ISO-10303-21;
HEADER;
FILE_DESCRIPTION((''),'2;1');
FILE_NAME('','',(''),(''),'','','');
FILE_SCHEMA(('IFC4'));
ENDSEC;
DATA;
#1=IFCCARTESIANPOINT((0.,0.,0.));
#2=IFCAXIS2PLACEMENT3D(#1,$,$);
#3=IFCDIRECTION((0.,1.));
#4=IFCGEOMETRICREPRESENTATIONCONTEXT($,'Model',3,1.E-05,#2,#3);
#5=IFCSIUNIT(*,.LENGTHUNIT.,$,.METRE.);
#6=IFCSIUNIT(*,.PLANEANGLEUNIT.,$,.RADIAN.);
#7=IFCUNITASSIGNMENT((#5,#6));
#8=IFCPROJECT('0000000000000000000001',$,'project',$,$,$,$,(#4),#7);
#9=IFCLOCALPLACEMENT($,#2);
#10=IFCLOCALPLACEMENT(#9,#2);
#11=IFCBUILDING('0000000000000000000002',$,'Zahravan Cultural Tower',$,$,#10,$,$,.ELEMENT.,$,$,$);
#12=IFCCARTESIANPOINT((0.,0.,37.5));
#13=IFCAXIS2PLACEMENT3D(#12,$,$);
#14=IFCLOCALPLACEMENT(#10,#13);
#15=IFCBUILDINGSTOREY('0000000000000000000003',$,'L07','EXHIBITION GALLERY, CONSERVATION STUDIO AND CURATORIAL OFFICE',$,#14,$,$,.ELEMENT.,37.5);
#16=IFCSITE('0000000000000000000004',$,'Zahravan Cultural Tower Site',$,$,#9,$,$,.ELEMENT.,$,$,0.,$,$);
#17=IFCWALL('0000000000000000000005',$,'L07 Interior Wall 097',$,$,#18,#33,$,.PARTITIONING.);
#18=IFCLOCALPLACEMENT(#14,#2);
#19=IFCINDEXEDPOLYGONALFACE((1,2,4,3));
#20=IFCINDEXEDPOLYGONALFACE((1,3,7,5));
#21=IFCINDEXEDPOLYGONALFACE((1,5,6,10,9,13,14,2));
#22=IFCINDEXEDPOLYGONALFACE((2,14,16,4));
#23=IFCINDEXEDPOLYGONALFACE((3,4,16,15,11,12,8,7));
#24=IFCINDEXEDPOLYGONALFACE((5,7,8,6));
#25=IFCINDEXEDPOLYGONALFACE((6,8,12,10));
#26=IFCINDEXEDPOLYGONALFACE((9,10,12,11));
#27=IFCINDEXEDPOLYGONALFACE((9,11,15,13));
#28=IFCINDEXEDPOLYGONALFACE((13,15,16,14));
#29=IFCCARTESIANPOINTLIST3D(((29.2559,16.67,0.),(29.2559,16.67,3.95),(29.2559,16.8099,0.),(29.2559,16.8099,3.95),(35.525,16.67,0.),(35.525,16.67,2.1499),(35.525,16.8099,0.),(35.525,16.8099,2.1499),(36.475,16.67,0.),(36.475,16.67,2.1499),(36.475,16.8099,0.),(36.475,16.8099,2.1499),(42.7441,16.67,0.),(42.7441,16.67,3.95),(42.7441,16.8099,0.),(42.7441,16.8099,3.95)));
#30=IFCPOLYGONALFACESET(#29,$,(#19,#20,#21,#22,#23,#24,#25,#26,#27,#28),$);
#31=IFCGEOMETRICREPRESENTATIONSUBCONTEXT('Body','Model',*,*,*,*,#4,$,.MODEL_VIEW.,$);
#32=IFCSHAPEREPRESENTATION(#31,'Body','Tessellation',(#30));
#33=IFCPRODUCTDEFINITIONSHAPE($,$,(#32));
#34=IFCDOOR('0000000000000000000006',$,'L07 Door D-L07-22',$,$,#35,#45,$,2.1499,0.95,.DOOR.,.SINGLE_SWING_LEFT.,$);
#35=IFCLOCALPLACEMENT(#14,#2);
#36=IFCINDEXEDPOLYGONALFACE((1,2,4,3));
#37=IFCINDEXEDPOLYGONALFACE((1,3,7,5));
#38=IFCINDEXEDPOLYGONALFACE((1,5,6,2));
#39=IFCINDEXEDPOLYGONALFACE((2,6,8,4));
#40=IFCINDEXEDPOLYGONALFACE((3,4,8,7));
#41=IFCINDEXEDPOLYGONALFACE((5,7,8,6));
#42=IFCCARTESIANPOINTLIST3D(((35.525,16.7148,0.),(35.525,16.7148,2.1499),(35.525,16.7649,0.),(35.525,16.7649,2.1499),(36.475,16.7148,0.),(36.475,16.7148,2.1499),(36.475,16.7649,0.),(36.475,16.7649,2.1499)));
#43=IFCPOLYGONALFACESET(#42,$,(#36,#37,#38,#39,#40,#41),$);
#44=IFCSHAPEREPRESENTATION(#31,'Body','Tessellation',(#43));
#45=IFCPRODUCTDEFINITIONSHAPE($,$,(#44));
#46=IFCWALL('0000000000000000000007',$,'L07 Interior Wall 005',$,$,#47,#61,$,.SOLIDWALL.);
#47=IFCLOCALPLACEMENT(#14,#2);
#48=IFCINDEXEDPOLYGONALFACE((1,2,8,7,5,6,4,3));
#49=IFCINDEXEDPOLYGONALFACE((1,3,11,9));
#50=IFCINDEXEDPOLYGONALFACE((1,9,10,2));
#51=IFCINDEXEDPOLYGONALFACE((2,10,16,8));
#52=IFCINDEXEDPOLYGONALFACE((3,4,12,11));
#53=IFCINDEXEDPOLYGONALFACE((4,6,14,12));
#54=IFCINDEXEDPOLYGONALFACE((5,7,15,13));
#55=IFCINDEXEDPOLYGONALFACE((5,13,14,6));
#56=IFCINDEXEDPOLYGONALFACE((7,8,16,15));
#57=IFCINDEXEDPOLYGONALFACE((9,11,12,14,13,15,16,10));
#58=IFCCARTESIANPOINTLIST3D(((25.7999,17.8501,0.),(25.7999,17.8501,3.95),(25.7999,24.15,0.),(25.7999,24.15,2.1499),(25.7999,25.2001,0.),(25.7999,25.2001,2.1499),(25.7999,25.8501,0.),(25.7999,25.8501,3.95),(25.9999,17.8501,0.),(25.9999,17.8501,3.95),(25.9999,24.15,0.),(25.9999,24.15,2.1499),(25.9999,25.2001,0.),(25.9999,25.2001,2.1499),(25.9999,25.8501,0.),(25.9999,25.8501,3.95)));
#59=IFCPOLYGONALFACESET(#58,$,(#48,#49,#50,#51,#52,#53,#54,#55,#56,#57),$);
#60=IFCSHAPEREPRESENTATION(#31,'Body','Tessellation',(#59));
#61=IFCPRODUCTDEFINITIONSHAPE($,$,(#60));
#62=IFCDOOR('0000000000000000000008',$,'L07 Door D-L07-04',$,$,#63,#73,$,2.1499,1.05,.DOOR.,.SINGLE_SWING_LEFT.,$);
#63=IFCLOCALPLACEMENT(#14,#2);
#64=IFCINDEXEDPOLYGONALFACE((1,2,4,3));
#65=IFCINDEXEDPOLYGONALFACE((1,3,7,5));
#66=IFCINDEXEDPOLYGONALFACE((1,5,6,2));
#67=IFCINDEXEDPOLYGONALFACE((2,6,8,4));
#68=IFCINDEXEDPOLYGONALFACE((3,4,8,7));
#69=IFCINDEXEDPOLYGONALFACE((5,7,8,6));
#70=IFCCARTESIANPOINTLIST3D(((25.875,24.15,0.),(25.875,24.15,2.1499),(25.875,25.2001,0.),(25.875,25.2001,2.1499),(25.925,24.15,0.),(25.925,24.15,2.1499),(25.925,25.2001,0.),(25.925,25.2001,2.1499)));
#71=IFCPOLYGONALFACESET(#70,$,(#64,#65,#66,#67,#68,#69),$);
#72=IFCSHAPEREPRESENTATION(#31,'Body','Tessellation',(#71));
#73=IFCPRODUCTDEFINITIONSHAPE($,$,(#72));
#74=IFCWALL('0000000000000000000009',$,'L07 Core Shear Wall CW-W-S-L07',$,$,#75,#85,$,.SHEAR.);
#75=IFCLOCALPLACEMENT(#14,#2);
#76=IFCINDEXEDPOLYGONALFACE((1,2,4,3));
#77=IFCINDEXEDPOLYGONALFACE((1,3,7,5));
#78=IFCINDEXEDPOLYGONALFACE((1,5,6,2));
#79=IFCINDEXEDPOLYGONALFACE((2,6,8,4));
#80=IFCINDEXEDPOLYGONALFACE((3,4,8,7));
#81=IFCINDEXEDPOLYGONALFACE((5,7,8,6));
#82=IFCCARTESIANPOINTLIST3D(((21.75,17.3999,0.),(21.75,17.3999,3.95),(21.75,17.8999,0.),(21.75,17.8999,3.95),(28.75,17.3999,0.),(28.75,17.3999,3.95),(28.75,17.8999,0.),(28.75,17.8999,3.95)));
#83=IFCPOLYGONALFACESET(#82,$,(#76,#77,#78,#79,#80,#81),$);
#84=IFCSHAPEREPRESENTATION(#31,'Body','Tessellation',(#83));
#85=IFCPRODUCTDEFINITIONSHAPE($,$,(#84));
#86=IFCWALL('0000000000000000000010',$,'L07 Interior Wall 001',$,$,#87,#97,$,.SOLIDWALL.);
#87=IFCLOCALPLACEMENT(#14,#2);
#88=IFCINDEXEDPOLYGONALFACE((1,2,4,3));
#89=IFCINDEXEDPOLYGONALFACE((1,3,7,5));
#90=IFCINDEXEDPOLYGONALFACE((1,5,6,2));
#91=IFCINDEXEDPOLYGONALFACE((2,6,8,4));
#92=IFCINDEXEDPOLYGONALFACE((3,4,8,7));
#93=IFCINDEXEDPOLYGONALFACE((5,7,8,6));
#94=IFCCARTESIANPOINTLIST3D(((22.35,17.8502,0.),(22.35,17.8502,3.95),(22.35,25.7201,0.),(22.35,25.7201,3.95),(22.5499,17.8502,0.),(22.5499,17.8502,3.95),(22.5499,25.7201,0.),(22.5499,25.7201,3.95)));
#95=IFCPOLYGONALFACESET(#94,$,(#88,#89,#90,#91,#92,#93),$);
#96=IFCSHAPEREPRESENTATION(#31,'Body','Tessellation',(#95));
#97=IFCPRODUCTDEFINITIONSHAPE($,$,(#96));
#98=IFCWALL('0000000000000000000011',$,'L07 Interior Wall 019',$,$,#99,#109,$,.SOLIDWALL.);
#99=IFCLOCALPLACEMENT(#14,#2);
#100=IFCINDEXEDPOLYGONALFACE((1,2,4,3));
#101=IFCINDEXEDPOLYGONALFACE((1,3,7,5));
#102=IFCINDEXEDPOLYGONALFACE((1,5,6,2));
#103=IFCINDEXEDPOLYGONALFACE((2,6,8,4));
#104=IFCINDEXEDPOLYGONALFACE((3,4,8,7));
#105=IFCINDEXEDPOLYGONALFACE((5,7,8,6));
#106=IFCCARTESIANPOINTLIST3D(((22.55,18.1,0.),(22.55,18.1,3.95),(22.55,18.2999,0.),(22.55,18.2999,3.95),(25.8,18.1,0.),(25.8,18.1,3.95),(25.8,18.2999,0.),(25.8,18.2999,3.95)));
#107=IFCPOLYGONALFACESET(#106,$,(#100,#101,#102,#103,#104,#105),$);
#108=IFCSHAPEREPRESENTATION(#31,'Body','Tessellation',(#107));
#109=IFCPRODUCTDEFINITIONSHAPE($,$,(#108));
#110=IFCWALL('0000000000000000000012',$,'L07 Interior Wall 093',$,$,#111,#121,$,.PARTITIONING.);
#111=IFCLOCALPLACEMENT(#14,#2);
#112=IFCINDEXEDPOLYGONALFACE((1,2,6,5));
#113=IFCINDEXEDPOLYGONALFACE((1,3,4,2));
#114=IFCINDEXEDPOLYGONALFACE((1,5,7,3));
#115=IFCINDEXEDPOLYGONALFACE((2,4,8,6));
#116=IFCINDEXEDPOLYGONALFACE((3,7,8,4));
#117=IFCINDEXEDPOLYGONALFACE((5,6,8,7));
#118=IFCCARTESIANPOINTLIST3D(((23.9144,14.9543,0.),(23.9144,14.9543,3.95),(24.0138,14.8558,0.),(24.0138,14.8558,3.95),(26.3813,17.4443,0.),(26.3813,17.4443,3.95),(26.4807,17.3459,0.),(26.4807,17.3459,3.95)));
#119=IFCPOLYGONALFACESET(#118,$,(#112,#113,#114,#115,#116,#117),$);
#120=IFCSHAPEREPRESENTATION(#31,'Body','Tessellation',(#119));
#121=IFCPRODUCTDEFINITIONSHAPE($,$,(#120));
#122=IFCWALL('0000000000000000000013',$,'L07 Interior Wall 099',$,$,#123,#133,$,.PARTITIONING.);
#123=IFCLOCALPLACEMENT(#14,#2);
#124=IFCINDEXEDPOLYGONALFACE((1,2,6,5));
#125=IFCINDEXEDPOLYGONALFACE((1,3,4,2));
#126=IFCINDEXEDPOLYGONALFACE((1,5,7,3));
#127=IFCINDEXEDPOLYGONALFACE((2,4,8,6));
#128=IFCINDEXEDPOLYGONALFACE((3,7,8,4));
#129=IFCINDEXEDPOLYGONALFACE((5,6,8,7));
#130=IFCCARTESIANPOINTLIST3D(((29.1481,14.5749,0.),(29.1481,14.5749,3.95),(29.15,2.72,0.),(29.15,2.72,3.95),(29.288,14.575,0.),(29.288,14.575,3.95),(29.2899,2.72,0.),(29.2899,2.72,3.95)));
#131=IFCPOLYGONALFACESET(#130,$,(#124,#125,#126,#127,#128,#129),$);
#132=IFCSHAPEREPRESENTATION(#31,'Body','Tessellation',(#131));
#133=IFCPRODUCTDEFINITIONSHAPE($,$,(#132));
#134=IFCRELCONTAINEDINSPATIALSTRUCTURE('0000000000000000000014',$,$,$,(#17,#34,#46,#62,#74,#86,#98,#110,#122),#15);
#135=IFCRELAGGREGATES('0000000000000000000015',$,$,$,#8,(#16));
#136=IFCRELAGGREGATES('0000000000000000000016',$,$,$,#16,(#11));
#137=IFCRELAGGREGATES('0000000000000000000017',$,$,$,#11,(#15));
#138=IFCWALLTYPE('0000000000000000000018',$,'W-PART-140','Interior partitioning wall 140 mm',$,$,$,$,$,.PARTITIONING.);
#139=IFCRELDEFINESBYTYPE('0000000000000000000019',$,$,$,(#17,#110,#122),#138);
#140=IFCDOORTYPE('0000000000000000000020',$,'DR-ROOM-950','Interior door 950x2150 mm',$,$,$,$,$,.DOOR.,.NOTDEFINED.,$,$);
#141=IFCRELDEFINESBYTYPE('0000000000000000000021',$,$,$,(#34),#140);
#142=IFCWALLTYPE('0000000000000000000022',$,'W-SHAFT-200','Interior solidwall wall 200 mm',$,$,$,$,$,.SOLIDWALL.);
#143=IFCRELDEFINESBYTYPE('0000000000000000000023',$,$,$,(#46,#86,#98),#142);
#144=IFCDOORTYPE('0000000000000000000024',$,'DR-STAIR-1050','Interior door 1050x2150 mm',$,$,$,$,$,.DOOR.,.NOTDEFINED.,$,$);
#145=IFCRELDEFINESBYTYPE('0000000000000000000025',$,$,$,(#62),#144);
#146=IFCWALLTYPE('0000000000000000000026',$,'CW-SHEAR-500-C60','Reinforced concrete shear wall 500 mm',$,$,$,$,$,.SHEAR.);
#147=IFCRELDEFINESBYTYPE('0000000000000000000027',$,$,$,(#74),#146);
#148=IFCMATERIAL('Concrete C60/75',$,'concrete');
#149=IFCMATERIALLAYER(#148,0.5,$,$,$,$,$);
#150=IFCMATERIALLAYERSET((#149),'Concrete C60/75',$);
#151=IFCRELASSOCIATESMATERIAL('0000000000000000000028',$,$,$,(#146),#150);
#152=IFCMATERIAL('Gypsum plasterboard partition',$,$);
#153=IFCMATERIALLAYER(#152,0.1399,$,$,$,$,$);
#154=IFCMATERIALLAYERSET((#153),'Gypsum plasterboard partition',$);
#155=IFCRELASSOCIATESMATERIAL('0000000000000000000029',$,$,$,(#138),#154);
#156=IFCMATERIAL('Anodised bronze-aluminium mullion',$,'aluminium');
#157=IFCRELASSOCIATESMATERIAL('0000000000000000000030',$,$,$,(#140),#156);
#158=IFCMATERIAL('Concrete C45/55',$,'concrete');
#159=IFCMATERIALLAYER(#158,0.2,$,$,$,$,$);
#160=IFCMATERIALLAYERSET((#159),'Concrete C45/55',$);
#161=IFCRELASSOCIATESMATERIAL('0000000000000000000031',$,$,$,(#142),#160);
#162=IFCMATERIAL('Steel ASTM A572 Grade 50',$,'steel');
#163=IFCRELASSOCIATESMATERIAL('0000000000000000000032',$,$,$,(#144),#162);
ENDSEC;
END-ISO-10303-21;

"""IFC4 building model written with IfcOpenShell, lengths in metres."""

from ifc_helpers import new_model, si_unit, direction, frame, frame_2d, origin, place, context, subcontext, project, spatial, rectangle, extrude, source, transform, mapped, material, layer, layer_set, type_object, element, fill, save


model = new_model("IFC4")

# Units and contexts
model_context = context("Model", 3, precision=1e-05, world=origin(), true_north=direction((0.0, 1.0)))
body_context = subcontext(model_context, "Body", "Model", "MODEL_VIEW")
ifc_project = project(units=[si_unit("LENGTHUNIT", "METRE"), si_unit("PLANEANGLEUNIT", "RADIAN")], contexts=[model_context])

# Site, building, storey
site_placement = place(None, origin())
site = spatial("IfcSite", under=ifc_project, at=site_placement, Name="Zahravan Cultural Tower Site", CompositionType="ELEMENT", RefElevation=0.0)
building_placement = place(site_placement, origin())
building = spatial("IfcBuilding", under=site, at=building_placement, Name="Zahravan Cultural Tower", CompositionType="ELEMENT")
storey_placement = place(building_placement, frame((0.0, 0.0, 37.5)))
storey = spatial("IfcBuildingStorey", under=building, at=storey_placement, Name="L07", Description="EXHIBITION GALLERY, CONSERVATION STUDIO AND CURATORIAL OFFICE", CompositionType="ELEMENT", Elevation=37.5)

# Shared definitions
ifc_material_1 = material(Name="Concrete C60/75", Category="concrete")

# Shared definitions
ifc_material_2 = material(Name="Anodised bronze-aluminium mullion", Category="aluminium")

# Shared definitions
ifc_layer_1 = layer(ifc_material_1, 0.5)
ifc_layer_set_1 = layer_set([ifc_layer_1], Name="Concrete C60/75")
wall_type_1 = type_object("IfcWallType", Name="CW-SHEAR-500-C60", Description="Reinforced concrete shear wall 500 mm", PredefinedType="SHEAR", material=ifc_layer_set_1)
ifc_material_3 = material(Name="Steel ASTM A572 Grade 50", Category="steel")

# Walls, openings, doors
ifc_material_4 = material(Name="Gypsum plasterboard partition")
ifc_layer_2 = layer(ifc_material_4, 0.1399)
ifc_layer_set_2 = layer_set([ifc_layer_2], Name="Gypsum plasterboard partition")
wall_type_2 = type_object("IfcWallType", Name="W-PART-140", Description="Interior partitioning wall 140 mm", PredefinedType="PARTITIONING", material=ifc_layer_set_2)
wall_1_placement = place(storey_placement, frame((29.2559, 16.74, 0.0), z_axis=(0.0, 0.0, 1.0), x_axis=(1.0, 0.0, 0.0)))
wall_1 = element("IfcWall", 1, at=wall_1_placement, inside=storey, type_object=wall_type_2, Name="L07 Interior Wall 097", PredefinedType="PARTITIONING", context=body_context, shape_type="SweptSolid", body=[
    extrude(rectangle(XDim=13.4883, YDim=0.1399, at=frame_2d((6.7441, 0.0))), origin(), (0.0, 0.0, 1.0), 3.95),
])
opening_1_placement = place(wall_1_placement, frame((6.269, 0.0, 0.0)))
opening_1 = element("IfcOpeningElement", 2, at=opening_1_placement, cuts=wall_1, PredefinedType="OPENING", context=body_context, shape_type="SweptSolid", body=[
    extrude(rectangle(XDim=0.95, YDim=2.1499, at=frame_2d((0.4751, 1.075))), frame((0.0, 0.0798, 0.0), z_axis=(0.0, -1.0, 0.0), x_axis=(1.0, 0.0, 0.0)), (0.0, 0.0, 1.0), 0.1599),
])
door_type_1 = type_object("IfcDoorType", Name="DR-ROOM-950", Description="Interior door 950x2150 mm", OperationType="NOTDEFINED", PredefinedType="DOOR", material=ifc_material_2)
shared_shape_1 = source(origin(), body_context, "Body", "SweptSolid", [
    extrude(rectangle(XDim=0.95, YDim=2.1499, at=frame_2d((0.4751, 1.075))), frame((0.0, 0.0249, 0.0), z_axis=(0.0, -1.0, 0.0), x_axis=(1.0, 0.0, 0.0)), (0.0, 0.0, 1.0), 0.05),
])
door_1_placement = place(opening_1_placement, origin())
door_1 = element("IfcDoor", 3, at=door_1_placement, inside=storey, type_object=door_type_1, Name="L07 Door D-L07-22", OperationType="SINGLE_SWING_LEFT", OverallHeight=2.1499, OverallWidth=0.95, PredefinedType="DOOR", context=body_context, shape_type="MappedRepresentation", body=[
    mapped(shared_shape_1, transform((0.0, 0.0, 0.0), x_axis=(1.0, 0.0, 0.0), y_axis=(0.0, 1.0, 0.0), z_axis=(0.0, 0.0, 1.0), scale=1.0)),
])
fill(opening_1, door_1)
ifc_material_5 = material(Name="Concrete C45/55", Category="concrete")
ifc_layer_3 = layer(ifc_material_5, 0.2)
ifc_layer_set_3 = layer_set([ifc_layer_3], Name="Concrete C45/55")
wall_type_3 = type_object("IfcWallType", Name="W-SHAFT-200", Description="Interior solidwall wall 200 mm", PredefinedType="SOLIDWALL", material=ifc_layer_set_3)
wall_2_placement = place(storey_placement, frame((25.8999, 17.8501, 0.0), z_axis=(0.0, 0.0, 1.0), x_axis=(0.0, 1.0, 0.0)))
wall_2 = element("IfcWall", 4, at=wall_2_placement, inside=storey, type_object=wall_type_3, Name="L07 Interior Wall 005", PredefinedType="SOLIDWALL", context=body_context, shape_type="SweptSolid", body=[
    extrude(rectangle(XDim=8.0, YDim=0.2, at=frame_2d((4.0, 0.0))), origin(), (0.0, 0.0, 1.0), 3.95),
])
opening_2_placement = place(wall_2_placement, frame((6.3, 0.0, 0.0)))
opening_2 = element("IfcOpeningElement", 5, at=opening_2_placement, cuts=wall_2, PredefinedType="OPENING", context=body_context, shape_type="SweptSolid", body=[
    extrude(rectangle(XDim=1.05, YDim=2.1499, at=frame_2d((0.5249, 1.075))), frame((0.0, 0.1099, 0.0), z_axis=(0.0, -1.0, 0.0), x_axis=(1.0, 0.0, 0.0)), (0.0, 0.0, 1.0), 0.22),
])
door_type_2 = type_object("IfcDoorType", Name="DR-STAIR-1050", Description="Interior door 1050x2150 mm", OperationType="NOTDEFINED", PredefinedType="DOOR", material=ifc_material_3)
shared_shape_2 = source(origin(), body_context, "Body", "SweptSolid", [
    extrude(rectangle(XDim=1.05, YDim=2.1499, at=frame_2d((0.5249, 1.075))), frame((0.0, 0.0249, 0.0), z_axis=(0.0, -1.0, 0.0), x_axis=(1.0, 0.0, 0.0)), (0.0, 0.0, 1.0), 0.05),
])
door_2_placement = place(opening_2_placement, origin())
door_2 = element("IfcDoor", 6, at=door_2_placement, inside=storey, type_object=door_type_2, Name="L07 Door D-L07-04", OperationType="SINGLE_SWING_LEFT", OverallHeight=2.1499, OverallWidth=1.05, PredefinedType="DOOR", context=body_context, shape_type="MappedRepresentation", body=[
    mapped(shared_shape_2, transform((0.0, 0.0, 0.0), x_axis=(1.0, 0.0, 0.0), y_axis=(0.0, 1.0, 0.0), z_axis=(0.0, 0.0, 1.0), scale=1.0)),
])
fill(opening_2, door_2)

# Walls
shared_shape_3 = source(origin(), body_context, "Body", "SweptSolid", [
    extrude(rectangle(XDim=7.0, YDim=0.5, at=frame_2d((3.5, 0.0))), origin(), (0.0, 0.0, 1.0), 3.95),
])
wall_3_placement = place(storey_placement, frame((21.75, 17.6499, 0.0), z_axis=(0.0, 0.0, 1.0), x_axis=(1.0, 0.0, 0.0)))
element("IfcWall", 7, at=wall_3_placement, inside=storey, type_object=wall_type_1, Name="L07 Core Shear Wall CW-W-S-L07", PredefinedType="SHEAR", context=body_context, shape_type="MappedRepresentation", body=[
    mapped(shared_shape_3, transform((0.0, 0.0, 0.0), x_axis=(1.0, 0.0, 0.0), y_axis=(0.0, 1.0, 0.0), z_axis=(0.0, 0.0, 1.0), scale=1.0)),
])
shared_shape_4 = source(origin(), body_context, "Body", "SweptSolid", [
    extrude(rectangle(XDim=7.8699, YDim=0.2, at=frame_2d((3.9351, 0.0))), origin(), (0.0, 0.0, 1.0), 3.95),
])
wall_4_placement = place(storey_placement, frame((22.45, 17.8501, 0.0), z_axis=(0.0, 0.0, 1.0), x_axis=(0.0, 1.0, 0.0)))
element("IfcWall", 8, at=wall_4_placement, inside=storey, type_object=wall_type_3, Name="L07 Interior Wall 001", PredefinedType="SOLIDWALL", context=body_context, shape_type="MappedRepresentation", body=[
    mapped(shared_shape_4, transform((0.0, 0.0, 0.0), x_axis=(1.0, 0.0, 0.0), y_axis=(0.0, 1.0, 0.0), z_axis=(0.0, 0.0, 1.0), scale=1.0)),
])
shared_shape_5 = source(origin(), body_context, "Body", "SweptSolid", [
    extrude(rectangle(XDim=3.25, YDim=0.2, at=frame_2d((1.625, 0.0))), origin(), (0.0, 0.0, 1.0), 3.95),
])
wall_5_placement = place(storey_placement, frame((22.55, 18.2, 0.0), z_axis=(0.0, 0.0, 1.0), x_axis=(1.0, 0.0, 0.0)))
element("IfcWall", 9, at=wall_5_placement, inside=storey, type_object=wall_type_3, Name="L07 Interior Wall 019", PredefinedType="SOLIDWALL", context=body_context, shape_type="MappedRepresentation", body=[
    mapped(shared_shape_5, transform((0.0, 0.0, 0.0), x_axis=(1.0, 0.0, 0.0), y_axis=(0.0, 1.0, 0.0), z_axis=(0.0, 0.0, 1.0), scale=1.0)),
])
shared_shape_6 = source(origin(), body_context, "Body", "SweptSolid", [
    extrude(rectangle(XDim=3.5051, YDim=0.1399, at=frame_2d((1.7524, 0.0))), origin(), (0.0, 0.0, 1.0), 3.95),
])
wall_6_placement = place(storey_placement, frame((26.4309, 17.395, 0.0), z_axis=(0.0, 0.0, 1.0), x_axis=(-0.70379, -0.710408, 0.0)))
element("IfcWall", 10, at=wall_6_placement, inside=storey, type_object=wall_type_2, Name="L07 Interior Wall 093", PredefinedType="PARTITIONING", context=body_context, shape_type="MappedRepresentation", body=[
    mapped(shared_shape_6, transform((0.0, 0.0, 0.0), x_axis=(1.0, 0.0, 0.0), y_axis=(0.0, 1.0, 0.0), z_axis=(0.0, 0.0, 1.0), scale=1.0)),
])
shared_shape_7 = source(origin(), body_context, "Body", "SweptSolid", [
    extrude(rectangle(XDim=11.855, YDim=0.1399, at=frame_2d((5.9275, 0.0))), origin(), (0.0, 0.0, 1.0), 3.95),
])
wall_7_placement = place(storey_placement, frame((29.22, 2.72, 0.0), z_axis=(0.0, 0.0, 1.0), x_axis=(-0.000165, 1.0, 0.0)))
element("IfcWall", 11, at=wall_7_placement, inside=storey, type_object=wall_type_2, Name="L07 Interior Wall 099", PredefinedType="PARTITIONING", context=body_context, shape_type="MappedRepresentation", body=[
    mapped(shared_shape_7, transform((0.0, 0.0, 0.0), x_axis=(1.0, 0.0, 0.0), y_axis=(0.0, 1.0, 0.0), z_axis=(0.0, 0.0, 1.0), scale=1.0)),
])

save(model, "model.ifc")
